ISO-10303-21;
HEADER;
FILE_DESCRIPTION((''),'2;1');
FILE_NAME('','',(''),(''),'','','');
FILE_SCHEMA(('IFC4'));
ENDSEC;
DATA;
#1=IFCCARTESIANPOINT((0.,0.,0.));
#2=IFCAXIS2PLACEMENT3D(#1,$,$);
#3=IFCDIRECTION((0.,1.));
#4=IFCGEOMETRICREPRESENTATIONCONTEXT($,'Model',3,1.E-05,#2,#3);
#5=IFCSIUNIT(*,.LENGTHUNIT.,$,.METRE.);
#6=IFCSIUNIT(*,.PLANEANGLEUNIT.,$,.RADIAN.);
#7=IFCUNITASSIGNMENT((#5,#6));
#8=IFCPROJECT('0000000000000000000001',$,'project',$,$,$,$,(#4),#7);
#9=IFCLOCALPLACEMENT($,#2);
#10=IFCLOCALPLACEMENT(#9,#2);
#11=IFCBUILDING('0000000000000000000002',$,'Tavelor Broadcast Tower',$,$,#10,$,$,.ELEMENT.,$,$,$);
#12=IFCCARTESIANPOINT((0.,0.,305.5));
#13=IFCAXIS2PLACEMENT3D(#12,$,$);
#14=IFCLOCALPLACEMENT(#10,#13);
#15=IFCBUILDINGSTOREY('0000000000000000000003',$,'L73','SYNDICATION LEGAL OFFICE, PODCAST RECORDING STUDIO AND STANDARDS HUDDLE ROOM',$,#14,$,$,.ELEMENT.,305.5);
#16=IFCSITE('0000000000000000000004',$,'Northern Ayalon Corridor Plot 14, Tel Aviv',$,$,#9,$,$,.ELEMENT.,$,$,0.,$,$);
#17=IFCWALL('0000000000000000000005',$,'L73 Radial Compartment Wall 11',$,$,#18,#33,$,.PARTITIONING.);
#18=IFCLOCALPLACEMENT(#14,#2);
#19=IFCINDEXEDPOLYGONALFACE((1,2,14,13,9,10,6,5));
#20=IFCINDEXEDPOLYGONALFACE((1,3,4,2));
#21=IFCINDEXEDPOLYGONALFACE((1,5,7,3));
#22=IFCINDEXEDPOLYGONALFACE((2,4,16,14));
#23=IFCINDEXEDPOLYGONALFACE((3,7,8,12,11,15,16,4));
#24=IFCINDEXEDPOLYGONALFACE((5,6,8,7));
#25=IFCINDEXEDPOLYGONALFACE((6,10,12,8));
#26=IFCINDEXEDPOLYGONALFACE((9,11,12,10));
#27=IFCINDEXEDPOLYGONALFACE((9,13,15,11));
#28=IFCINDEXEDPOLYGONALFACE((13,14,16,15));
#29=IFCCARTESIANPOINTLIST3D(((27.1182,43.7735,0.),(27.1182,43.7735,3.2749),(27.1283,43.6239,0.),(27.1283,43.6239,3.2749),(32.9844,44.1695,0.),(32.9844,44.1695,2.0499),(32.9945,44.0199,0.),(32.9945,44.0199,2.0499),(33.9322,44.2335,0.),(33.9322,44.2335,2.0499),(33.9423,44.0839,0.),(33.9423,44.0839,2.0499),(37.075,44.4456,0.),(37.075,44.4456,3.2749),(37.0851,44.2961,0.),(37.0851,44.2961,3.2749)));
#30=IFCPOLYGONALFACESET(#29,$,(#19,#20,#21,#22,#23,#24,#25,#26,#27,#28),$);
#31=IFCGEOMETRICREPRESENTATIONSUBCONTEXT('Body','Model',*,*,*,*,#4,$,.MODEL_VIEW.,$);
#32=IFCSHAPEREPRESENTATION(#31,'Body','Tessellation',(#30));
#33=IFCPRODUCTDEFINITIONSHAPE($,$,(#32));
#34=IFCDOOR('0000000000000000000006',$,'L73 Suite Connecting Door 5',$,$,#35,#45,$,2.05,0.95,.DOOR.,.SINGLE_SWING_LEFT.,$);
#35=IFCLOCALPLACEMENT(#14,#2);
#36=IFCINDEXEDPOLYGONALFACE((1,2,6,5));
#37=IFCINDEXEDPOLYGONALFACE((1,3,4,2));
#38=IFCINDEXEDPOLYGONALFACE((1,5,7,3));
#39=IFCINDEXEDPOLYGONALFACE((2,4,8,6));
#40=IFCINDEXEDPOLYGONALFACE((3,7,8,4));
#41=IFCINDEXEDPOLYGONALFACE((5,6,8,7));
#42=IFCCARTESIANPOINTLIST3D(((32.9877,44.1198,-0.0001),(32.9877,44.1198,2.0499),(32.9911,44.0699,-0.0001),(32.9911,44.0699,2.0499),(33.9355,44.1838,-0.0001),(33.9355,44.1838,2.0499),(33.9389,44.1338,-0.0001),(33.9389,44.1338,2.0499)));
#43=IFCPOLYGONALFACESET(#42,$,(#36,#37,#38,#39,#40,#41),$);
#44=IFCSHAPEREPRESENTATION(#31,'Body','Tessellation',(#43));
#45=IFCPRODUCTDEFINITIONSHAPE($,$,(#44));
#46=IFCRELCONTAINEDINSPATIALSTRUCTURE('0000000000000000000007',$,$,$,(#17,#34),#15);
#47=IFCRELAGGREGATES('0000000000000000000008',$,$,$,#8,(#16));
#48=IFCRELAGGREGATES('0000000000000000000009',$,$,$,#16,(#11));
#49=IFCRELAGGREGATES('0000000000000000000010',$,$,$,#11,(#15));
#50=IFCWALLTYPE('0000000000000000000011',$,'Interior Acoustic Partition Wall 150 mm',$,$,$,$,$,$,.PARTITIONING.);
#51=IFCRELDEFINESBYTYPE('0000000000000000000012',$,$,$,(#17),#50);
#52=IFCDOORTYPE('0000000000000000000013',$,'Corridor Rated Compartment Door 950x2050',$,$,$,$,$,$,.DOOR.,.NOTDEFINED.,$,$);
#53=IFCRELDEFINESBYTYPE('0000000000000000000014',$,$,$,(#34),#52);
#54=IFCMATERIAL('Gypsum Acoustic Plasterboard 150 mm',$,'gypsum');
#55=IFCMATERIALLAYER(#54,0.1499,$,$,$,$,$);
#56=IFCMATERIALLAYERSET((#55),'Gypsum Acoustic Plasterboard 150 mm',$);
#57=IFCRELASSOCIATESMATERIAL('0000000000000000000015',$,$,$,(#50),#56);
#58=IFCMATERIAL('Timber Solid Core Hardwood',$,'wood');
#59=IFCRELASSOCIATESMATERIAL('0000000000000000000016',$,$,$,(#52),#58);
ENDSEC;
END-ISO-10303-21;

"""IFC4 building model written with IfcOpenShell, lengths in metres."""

from ifc_helpers import new_model, si_unit, direction, frame, frame_2d, origin, place, context, subcontext, project, spatial, rectangle, extrude, material, layer, layer_set, type_object, element, fill, save


model = new_model("IFC4")

# Units and contexts
model_context = context("Model", 3, precision=1e-05, world=origin(), true_north=direction((0.0, 1.0)))
body_context = subcontext(model_context, "Body", "Model", "MODEL_VIEW")
ifc_project = project(units=[si_unit("LENGTHUNIT", "METRE"), si_unit("PLANEANGLEUNIT", "RADIAN")], contexts=[model_context])

# Site, building, storey
site_placement = place(None, origin())
site = spatial("IfcSite", under=ifc_project, at=site_placement, Name="Northern Ayalon Corridor Plot 14, Tel Aviv", CompositionType="ELEMENT", RefElevation=0.0)
building_placement = place(site_placement, origin())
building = spatial("IfcBuilding", under=site, at=building_placement, Name="Tavelor Broadcast Tower", CompositionType="ELEMENT")
storey_placement = place(building_placement, frame((0.0, 0.0, 305.5)))
storey = spatial("IfcBuildingStorey", under=building, at=storey_placement, Name="L73", Description="SYNDICATION LEGAL OFFICE, PODCAST RECORDING STUDIO AND STANDARDS HUDDLE ROOM", CompositionType="ELEMENT", Elevation=305.5)

# Shared definitions
ifc_material_1 = material(Name="Gypsum Acoustic Plasterboard 150 mm", Category="gypsum")
ifc_layer_1 = layer(ifc_material_1, 0.1499)
ifc_layer_set_1 = layer_set([ifc_layer_1], Name="Gypsum Acoustic Plasterboard 150 mm")
wall_type_1 = type_object("IfcWallType", Name="Interior Acoustic Partition Wall 150 mm", PredefinedType="PARTITIONING", material=ifc_layer_set_1)
ifc_material_2 = material(Name="Timber Solid Core Hardwood", Category="wood")
door_type = type_object("IfcDoorType", Name="Corridor Rated Compartment Door 950x2050", OperationType="NOTDEFINED", PredefinedType="DOOR", material=ifc_material_2)

# Wall, opening, door
wall_1_placement = place(storey_placement, frame((37.0801, 44.3708, 0.0), z_axis=(0.0, 0.0, 1.0), x_axis=(-0.997729, -0.06735, 0.0)))
wall_1 = element("IfcWall", 1, at=wall_1_placement, inside=storey, type_object=wall_type_1, Name="L73 Radial Compartment Wall 11", PredefinedType="PARTITIONING", context=body_context, shape_type="SweptSolid", body=[
    extrude(rectangle(XDim=9.9795, YDim=0.1499, at=frame_2d((4.9897, 0.0))), origin(), (0.0, 0.0, 1.0), 3.2749),
])
opening_1_placement = place(wall_1_placement, frame((3.1499, 0.0, 0.0)))
opening_1 = element("IfcOpeningElement", 2, at=opening_1_placement, cuts=wall_1, PredefinedType="OPENING", context=body_context, shape_type="SweptSolid", body=[
    extrude(rectangle(XDim=0.95, YDim=2.05, at=frame_2d((0.4751, 1.0249))), frame((0.0, 0.085, 0.0), z_axis=(0.0, -1.0, 0.0), x_axis=(1.0, 0.0, 0.0)), (0.0, 0.0, 1.0), 0.1699),
])
door_1_placement = place(opening_1_placement, origin())
door_1 = element("IfcDoor", 3, at=door_1_placement, inside=storey, type_object=door_type, Name="L73 Suite Connecting Door 5", OperationType="SINGLE_SWING_LEFT", OverallHeight=2.05, OverallWidth=0.95, PredefinedType="DOOR", context=body_context, shape_type="SweptSolid", body=[
    extrude(rectangle(XDim=0.95, YDim=2.05, at=frame_2d((0.4751, 1.0249))), frame((0.0, 0.0249, 0.0), z_axis=(0.0, -1.0, 0.0), x_axis=(1.0, 0.0, 0.0)), (0.0, 0.0, 1.0), 0.05),
])
fill(opening_1, door_1)

save(model, "model.ifc")
